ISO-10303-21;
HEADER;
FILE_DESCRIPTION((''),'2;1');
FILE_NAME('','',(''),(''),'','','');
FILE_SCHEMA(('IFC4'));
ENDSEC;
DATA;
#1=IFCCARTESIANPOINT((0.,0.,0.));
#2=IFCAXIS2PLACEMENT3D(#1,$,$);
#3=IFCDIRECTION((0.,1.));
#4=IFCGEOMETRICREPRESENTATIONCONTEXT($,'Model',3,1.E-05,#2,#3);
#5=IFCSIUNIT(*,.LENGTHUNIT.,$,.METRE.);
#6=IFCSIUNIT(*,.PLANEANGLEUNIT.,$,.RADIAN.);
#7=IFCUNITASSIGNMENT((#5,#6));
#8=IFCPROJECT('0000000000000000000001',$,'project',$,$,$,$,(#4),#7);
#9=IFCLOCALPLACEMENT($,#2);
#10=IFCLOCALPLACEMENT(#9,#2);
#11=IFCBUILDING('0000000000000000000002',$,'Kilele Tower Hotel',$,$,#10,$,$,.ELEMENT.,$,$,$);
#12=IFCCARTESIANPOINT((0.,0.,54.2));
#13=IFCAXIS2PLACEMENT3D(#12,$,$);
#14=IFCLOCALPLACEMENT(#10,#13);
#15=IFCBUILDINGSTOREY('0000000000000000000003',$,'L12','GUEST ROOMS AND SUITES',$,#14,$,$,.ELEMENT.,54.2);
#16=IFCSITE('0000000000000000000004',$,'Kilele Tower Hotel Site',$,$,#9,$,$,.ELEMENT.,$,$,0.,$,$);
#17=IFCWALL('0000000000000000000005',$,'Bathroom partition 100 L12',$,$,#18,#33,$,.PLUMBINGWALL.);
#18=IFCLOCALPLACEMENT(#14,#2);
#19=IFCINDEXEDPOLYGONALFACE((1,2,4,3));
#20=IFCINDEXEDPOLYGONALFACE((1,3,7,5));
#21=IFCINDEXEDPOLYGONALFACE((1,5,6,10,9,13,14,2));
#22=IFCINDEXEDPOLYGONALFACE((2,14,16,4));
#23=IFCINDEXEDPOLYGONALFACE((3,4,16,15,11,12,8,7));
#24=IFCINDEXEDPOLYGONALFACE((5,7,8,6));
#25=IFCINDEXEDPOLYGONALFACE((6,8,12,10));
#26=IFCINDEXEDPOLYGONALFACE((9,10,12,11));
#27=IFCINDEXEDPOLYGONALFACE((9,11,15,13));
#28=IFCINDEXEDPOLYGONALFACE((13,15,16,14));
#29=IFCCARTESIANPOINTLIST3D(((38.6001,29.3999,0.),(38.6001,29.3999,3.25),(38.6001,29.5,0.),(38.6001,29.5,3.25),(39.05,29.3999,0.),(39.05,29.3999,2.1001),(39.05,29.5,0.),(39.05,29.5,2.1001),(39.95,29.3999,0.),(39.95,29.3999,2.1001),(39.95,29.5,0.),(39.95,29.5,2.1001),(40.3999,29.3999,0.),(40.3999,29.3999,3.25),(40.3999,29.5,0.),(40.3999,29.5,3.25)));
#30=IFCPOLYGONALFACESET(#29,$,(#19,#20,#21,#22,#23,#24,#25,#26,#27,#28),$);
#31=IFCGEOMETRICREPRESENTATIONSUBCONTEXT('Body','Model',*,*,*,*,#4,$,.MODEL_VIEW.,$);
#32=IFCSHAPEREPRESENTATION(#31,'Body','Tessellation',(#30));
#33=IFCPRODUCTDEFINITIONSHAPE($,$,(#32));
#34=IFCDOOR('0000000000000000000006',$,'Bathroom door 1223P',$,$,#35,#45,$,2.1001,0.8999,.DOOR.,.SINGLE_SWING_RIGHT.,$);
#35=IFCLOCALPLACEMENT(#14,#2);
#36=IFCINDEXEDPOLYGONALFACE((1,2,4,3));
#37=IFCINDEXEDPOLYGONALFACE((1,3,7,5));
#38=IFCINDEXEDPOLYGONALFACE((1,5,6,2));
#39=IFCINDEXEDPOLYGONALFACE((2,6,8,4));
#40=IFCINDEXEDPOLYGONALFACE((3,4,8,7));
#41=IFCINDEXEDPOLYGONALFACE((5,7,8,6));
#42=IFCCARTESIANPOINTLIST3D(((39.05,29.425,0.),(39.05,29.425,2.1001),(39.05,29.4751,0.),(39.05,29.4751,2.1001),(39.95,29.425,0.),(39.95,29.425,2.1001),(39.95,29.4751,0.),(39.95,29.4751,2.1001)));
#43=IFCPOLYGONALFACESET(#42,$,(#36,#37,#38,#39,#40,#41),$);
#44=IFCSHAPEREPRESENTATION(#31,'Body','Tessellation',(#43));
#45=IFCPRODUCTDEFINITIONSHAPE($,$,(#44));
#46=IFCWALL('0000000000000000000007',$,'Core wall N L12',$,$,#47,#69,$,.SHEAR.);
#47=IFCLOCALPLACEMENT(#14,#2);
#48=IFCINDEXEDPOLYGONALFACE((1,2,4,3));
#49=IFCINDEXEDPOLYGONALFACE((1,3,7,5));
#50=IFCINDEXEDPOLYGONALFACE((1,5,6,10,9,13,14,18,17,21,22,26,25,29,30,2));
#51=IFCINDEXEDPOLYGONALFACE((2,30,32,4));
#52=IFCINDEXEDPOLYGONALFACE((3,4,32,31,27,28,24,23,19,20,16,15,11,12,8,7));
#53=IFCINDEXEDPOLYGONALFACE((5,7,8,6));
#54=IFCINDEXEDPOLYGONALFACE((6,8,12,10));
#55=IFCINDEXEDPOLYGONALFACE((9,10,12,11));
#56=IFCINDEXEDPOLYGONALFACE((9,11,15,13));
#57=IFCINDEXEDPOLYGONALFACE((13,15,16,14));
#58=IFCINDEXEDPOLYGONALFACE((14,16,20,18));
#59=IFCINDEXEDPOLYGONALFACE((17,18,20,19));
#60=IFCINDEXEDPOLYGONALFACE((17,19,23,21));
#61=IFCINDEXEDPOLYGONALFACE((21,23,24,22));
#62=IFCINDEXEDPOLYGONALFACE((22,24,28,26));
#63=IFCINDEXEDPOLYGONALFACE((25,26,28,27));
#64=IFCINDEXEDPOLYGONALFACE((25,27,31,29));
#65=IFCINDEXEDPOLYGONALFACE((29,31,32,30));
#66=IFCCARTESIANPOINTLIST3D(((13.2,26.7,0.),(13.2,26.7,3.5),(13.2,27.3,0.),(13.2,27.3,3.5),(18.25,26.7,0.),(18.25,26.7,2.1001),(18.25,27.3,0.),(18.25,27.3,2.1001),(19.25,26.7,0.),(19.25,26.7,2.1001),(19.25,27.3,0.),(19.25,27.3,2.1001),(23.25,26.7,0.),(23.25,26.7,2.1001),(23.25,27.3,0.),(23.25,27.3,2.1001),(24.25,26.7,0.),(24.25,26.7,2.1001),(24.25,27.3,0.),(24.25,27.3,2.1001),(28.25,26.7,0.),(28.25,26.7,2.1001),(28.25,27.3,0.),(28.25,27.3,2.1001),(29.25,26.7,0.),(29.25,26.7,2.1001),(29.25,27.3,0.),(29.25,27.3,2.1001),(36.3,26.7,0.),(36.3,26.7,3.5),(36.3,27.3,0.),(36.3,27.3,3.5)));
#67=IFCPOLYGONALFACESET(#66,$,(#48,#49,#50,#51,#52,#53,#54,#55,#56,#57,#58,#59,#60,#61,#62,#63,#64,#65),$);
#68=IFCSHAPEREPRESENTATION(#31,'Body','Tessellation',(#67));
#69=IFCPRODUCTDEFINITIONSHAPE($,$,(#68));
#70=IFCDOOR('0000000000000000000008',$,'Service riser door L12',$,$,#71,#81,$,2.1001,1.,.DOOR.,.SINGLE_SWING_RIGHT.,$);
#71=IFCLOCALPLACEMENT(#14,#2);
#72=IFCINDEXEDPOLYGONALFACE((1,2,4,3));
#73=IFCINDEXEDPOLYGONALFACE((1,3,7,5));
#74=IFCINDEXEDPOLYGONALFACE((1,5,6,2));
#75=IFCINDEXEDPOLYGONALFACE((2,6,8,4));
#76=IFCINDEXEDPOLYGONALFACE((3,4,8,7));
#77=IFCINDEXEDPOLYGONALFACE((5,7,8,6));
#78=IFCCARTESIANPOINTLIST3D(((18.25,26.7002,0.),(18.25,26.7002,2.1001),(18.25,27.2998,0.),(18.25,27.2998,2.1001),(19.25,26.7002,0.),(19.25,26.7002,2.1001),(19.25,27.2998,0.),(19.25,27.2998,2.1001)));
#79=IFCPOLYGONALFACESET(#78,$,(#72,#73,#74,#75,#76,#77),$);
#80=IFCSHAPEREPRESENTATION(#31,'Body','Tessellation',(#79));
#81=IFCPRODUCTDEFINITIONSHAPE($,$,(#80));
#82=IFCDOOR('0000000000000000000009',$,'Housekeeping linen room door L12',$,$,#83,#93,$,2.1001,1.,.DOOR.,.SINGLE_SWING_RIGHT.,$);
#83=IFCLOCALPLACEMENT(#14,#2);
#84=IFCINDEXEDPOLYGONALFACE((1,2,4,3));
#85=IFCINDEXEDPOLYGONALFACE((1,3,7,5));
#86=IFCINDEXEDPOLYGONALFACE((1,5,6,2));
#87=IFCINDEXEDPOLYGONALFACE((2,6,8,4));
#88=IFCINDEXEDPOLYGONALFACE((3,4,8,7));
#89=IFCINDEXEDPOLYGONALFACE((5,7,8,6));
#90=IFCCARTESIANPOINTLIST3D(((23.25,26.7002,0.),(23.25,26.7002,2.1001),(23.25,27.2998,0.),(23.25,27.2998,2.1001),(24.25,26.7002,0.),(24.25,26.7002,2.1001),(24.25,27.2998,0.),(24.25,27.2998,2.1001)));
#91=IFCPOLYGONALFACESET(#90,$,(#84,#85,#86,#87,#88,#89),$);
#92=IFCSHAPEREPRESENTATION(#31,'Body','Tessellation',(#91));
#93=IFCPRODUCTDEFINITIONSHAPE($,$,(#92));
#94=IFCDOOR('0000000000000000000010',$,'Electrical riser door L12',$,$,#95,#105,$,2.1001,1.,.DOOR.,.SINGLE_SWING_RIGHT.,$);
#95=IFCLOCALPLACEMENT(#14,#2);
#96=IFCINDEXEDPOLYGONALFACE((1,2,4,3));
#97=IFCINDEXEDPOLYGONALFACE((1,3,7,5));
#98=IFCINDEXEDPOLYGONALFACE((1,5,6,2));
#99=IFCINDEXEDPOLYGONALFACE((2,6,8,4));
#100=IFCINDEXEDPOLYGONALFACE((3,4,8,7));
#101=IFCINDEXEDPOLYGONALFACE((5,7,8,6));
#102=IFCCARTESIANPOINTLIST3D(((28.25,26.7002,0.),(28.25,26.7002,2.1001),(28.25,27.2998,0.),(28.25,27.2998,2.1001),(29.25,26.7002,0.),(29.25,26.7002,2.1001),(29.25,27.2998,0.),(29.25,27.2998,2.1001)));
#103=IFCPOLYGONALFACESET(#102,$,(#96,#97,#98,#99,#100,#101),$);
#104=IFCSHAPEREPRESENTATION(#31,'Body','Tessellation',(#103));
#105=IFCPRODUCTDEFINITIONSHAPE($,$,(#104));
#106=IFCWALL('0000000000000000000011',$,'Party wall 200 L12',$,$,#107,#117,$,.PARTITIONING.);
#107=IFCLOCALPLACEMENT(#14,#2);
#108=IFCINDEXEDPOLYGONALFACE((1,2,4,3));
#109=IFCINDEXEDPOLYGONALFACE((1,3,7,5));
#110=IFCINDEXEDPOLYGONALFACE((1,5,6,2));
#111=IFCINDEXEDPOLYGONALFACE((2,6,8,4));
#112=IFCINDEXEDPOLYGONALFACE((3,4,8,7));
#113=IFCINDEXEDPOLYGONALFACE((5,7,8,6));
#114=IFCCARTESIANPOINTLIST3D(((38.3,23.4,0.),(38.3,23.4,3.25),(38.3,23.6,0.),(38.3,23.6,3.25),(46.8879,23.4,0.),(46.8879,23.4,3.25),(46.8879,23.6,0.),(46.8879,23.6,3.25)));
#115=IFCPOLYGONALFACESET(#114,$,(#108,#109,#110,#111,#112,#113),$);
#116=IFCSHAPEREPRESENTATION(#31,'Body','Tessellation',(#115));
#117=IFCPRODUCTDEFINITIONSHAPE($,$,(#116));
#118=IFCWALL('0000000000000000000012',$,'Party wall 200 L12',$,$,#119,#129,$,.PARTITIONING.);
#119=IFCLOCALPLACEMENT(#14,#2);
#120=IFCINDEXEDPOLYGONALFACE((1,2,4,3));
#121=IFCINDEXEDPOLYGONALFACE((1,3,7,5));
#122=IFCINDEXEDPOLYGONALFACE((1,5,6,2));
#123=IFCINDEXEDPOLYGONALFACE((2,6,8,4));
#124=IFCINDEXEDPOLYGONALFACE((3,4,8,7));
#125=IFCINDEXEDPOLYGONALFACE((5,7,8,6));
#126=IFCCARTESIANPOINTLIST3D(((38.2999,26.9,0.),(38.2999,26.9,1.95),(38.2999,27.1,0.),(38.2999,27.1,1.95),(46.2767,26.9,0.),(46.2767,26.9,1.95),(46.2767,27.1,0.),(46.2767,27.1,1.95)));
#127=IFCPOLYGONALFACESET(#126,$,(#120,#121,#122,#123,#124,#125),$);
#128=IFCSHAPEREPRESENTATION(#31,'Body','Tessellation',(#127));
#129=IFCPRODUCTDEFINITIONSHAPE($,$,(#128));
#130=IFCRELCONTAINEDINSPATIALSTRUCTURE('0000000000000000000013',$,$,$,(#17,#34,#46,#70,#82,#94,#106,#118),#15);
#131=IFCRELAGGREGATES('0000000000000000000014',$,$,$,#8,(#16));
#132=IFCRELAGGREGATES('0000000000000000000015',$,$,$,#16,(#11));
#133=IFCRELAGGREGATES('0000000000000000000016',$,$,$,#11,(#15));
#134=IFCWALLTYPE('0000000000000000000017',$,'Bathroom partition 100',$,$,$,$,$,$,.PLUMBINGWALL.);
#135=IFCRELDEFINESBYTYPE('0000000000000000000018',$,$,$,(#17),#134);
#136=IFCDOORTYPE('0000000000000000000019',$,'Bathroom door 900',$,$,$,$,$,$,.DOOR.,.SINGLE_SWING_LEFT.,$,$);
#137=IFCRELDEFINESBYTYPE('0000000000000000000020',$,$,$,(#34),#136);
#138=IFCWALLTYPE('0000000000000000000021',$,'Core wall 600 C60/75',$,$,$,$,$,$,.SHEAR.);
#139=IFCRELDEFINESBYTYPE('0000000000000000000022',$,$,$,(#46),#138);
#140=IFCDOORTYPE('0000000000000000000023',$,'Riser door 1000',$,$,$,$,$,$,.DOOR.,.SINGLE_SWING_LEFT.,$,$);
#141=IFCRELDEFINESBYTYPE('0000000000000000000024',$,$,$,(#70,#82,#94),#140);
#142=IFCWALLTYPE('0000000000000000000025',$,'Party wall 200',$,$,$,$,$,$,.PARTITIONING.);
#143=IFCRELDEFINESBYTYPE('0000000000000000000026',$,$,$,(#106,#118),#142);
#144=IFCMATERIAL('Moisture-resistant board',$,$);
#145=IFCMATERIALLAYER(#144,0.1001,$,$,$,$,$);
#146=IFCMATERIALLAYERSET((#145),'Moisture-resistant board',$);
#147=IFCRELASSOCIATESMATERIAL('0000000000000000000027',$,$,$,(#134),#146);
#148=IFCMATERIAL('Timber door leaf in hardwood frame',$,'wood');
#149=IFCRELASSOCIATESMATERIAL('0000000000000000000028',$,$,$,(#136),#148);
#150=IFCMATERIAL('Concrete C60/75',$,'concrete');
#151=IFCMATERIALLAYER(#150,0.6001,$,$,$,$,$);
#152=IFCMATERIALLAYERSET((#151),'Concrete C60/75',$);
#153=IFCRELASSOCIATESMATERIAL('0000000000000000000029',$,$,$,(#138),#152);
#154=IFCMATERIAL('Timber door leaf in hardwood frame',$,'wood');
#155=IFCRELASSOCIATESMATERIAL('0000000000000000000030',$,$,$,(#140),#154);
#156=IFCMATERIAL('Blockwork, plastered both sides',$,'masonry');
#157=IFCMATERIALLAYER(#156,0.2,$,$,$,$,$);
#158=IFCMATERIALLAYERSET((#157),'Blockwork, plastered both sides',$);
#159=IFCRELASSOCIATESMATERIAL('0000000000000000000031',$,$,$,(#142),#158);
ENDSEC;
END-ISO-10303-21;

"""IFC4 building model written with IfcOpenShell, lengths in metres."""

from ifc_helpers import new_model, si_unit, direction, frame, frame_2d, origin, place, context, subcontext, project, spatial, rectangle, extrude, material, layer, layer_set, type_object, element, fill, save


model = new_model("IFC4")

# Units and contexts
model_context = context("Model", 3, precision=1e-05, world=origin(), true_north=direction((0.0, 1.0)))
body_context = subcontext(model_context, "Body", "Model", "MODEL_VIEW")
ifc_project = project(units=[si_unit("LENGTHUNIT", "METRE"), si_unit("PLANEANGLEUNIT", "RADIAN")], contexts=[model_context])

# Site, building, storey
site_placement = place(None, origin())
site = spatial("IfcSite", under=ifc_project, at=site_placement, Name="Kilele Tower Hotel Site", CompositionType="ELEMENT", RefElevation=0.0)
building_placement = place(site_placement, origin())
building = spatial("IfcBuilding", under=site, at=building_placement, Name="Kilele Tower Hotel", CompositionType="ELEMENT")
storey_placement = place(building_placement, frame((0.0, 0.0, 54.2)))
storey = spatial("IfcBuildingStorey", under=building, at=storey_placement, Name="L12", Description="GUEST ROOMS AND SUITES", CompositionType="ELEMENT", Elevation=54.2)

# Shared definitions
ifc_material_1 = material(Name="Moisture-resistant board")
ifc_layer_1 = layer(ifc_material_1, 0.1001)
ifc_layer_set_1 = layer_set([ifc_layer_1], Name="Moisture-resistant board")
wall_type_1 = type_object("IfcWallType", Name="Bathroom partition 100", PredefinedType="PLUMBINGWALL", material=ifc_layer_set_1)

# Shared definitions
ifc_material_2 = material(Name="Timber door leaf in hardwood frame", Category="wood")
door_type_1 = type_object("IfcDoorType", Name="Bathroom door 900", OperationType="SINGLE_SWING_LEFT", PredefinedType="DOOR", material=ifc_material_2)

# Wall, opening, door
wall_1_placement = place(storey_placement, frame((38.6001, 29.45, 0.0), z_axis=(0.0, 0.0, 1.0), x_axis=(1.0, 0.0, 0.0)))
wall_1 = element("IfcWall", 1, at=wall_1_placement, inside=storey, type_object=wall_type_1, Name="Bathroom partition 100 L12", PredefinedType="PLUMBINGWALL", context=body_context, shape_type="SweptSolid", body=[
    extrude(rectangle(XDim=1.7998, YDim=0.1001, at=frame_2d((0.8999, 0.0))), origin(), (0.0, 0.0, 1.0), 3.25),
])
opening_1_placement = place(wall_1_placement, frame((1.3499, 0.0, 0.0), z_axis=(0.0, 0.0, 1.0), x_axis=(-1.0, 0.0, 0.0)))
opening_1 = element("IfcOpeningElement", 2, at=opening_1_placement, cuts=wall_1, PredefinedType="OPENING", context=body_context, shape_type="SweptSolid", body=[
    extrude(rectangle(XDim=0.8999, YDim=2.1001, at=frame_2d((0.45, 1.05))), frame((0.0, 0.0601, 0.0), z_axis=(0.0, -1.0, 0.0), x_axis=(1.0, 0.0, 0.0)), (0.0, 0.0, 1.0), 0.1201),
])
door_1_placement = place(opening_1_placement, origin())
door_1 = element("IfcDoor", 3, at=door_1_placement, inside=storey, type_object=door_type_1, Name="Bathroom door 1223P", OperationType="SINGLE_SWING_RIGHT", OverallHeight=2.1001, OverallWidth=0.8999, PredefinedType="DOOR", context=body_context, shape_type="SweptSolid", body=[
    extrude(rectangle(XDim=0.8999, YDim=2.1001, at=frame_2d((0.45, 1.05))), frame((0.0, 0.0249, 0.0), z_axis=(0.0, -1.0, 0.0), x_axis=(1.0, 0.0, 0.0)), (0.0, 0.0, 1.0), 0.05),
])
fill(opening_1, door_1)

# Wall, openings, doors
ifc_material_3 = material(Name="Concrete C60/75", Category="concrete")
ifc_layer_2 = layer(ifc_material_3, 0.6001)
ifc_layer_set_2 = layer_set([ifc_layer_2], Name="Concrete C60/75")
wall_type_2 = type_object("IfcWallType", Name="Core wall 600 C60/75", PredefinedType="SHEAR", material=ifc_layer_set_2)
wall_2_placement = place(storey_placement, frame((36.3, 27.0, 0.0), z_axis=(0.0, 0.0, 1.0), x_axis=(-1.0, 0.0, 0.0)))
wall_2 = element("IfcWall", 4, at=wall_2_placement, inside=storey, type_object=wall_type_2, Name="Core wall N L12", PredefinedType="SHEAR", context=body_context, shape_type="SweptSolid", body=[
    extrude(rectangle(XDim=23.1001, YDim=0.6001, at=frame_2d((11.55, 0.0))), origin(), (0.0, 0.0, 1.0), 3.5),
])
opening_2_placement = place(wall_2_placement, frame((17.05, 0.0, 0.0)))
opening_2 = element("IfcOpeningElement", 5, at=opening_2_placement, cuts=wall_2, PredefinedType="OPENING", context=body_context, shape_type="SweptSolid", body=[
    extrude(rectangle(XDim=1.0, YDim=2.1001, at=frame_2d((0.5, 1.05))), frame((0.0, 0.3101, 0.0), z_axis=(0.0, -1.0, 0.0), x_axis=(1.0, 0.0, 0.0)), (0.0, 0.0, 1.0), 0.6201),
])
opening_3_placement = place(wall_2_placement, frame((12.05, 0.0, 0.0)))
opening_3 = element("IfcOpeningElement", 6, at=opening_3_placement, cuts=wall_2, PredefinedType="OPENING", context=body_context, shape_type="SweptSolid", body=[
    extrude(rectangle(XDim=1.0, YDim=2.1001, at=frame_2d((0.5, 1.05))), frame((0.0, 0.3101, 0.0), z_axis=(0.0, -1.0, 0.0), x_axis=(1.0, 0.0, 0.0)), (0.0, 0.0, 1.0), 0.6201),
])
opening_4_placement = place(wall_2_placement, frame((7.05, 0.0, 0.0)))
opening_4 = element("IfcOpeningElement", 7, at=opening_4_placement, cuts=wall_2, PredefinedType="OPENING", context=body_context, shape_type="SweptSolid", body=[
    extrude(rectangle(XDim=1.0, YDim=2.1001, at=frame_2d((0.5, 1.05))), frame((0.0, 0.3101, 0.0), z_axis=(0.0, -1.0, 0.0), x_axis=(1.0, 0.0, 0.0)), (0.0, 0.0, 1.0), 0.6201),
])
ifc_material_4 = material(Name="Timber door leaf in hardwood frame", Category="wood")
door_type_2 = type_object("IfcDoorType", Name="Riser door 1000", OperationType="SINGLE_SWING_LEFT", PredefinedType="DOOR", material=ifc_material_4)
door_2_placement = place(opening_2_placement, origin())
door_2 = element("IfcDoor", 8, at=door_2_placement, inside=storey, type_object=door_type_2, Name="Service riser door L12", OperationType="SINGLE_SWING_RIGHT", OverallHeight=2.1001, OverallWidth=1.0, PredefinedType="DOOR", context=body_context, shape_type="SweptSolid", body=[
    extrude(rectangle(XDim=1.0, YDim=2.1001, at=frame_2d((0.5, 1.05))), frame((0.0, 0.2998, 0.0), z_axis=(0.0, -1.0, 0.0), x_axis=(1.0, 0.0, 0.0)), (0.0, 0.0, 1.0), 0.5996),
])
fill(opening_2, door_2)
door_3_placement = place(opening_3_placement, origin())
door_3 = element("IfcDoor", 9, at=door_3_placement, inside=storey, type_object=door_type_2, Name="Housekeeping linen room door L12", OperationType="SINGLE_SWING_RIGHT", OverallHeight=2.1001, OverallWidth=1.0, PredefinedType="DOOR", context=body_context, shape_type="SweptSolid", body=[
    extrude(rectangle(XDim=1.0, YDim=2.1001, at=frame_2d((0.5, 1.05))), frame((0.0, 0.2998, 0.0), z_axis=(0.0, -1.0, 0.0), x_axis=(1.0, 0.0, 0.0)), (0.0, 0.0, 1.0), 0.5996),
])
fill(opening_3, door_3)
door_4_placement = place(opening_4_placement, origin())
door_4 = element("IfcDoor", 10, at=door_4_placement, inside=storey, type_object=door_type_2, Name="Electrical riser door L12", OperationType="SINGLE_SWING_RIGHT", OverallHeight=2.1001, OverallWidth=1.0, PredefinedType="DOOR", context=body_context, shape_type="SweptSolid", body=[
    extrude(rectangle(XDim=1.0, YDim=2.1001, at=frame_2d((0.5, 1.05))), frame((0.0, 0.2998, 0.0), z_axis=(0.0, -1.0, 0.0), x_axis=(1.0, 0.0, 0.0)), (0.0, 0.0, 1.0), 0.5996),
])
fill(opening_4, door_4)

# Walls
ifc_material_5 = material(Name="Blockwork, plastered both sides", Category="masonry")
ifc_layer_3 = layer(ifc_material_5, 0.2)
ifc_layer_set_3 = layer_set([ifc_layer_3], Name="Blockwork, plastered both sides")
wall_type_3 = type_object("IfcWallType", Name="Party wall 200", PredefinedType="PARTITIONING", material=ifc_layer_set_3)
wall_3_placement = place(storey_placement, frame((38.3, 23.5, 0.0), z_axis=(0.0, 0.0, 1.0), x_axis=(1.0, 0.0, 0.0)))
element("IfcWall", 11, at=wall_3_placement, inside=storey, type_object=wall_type_3, Name="Party wall 200 L12", PredefinedType="PARTITIONING", context=body_context, shape_type="SweptSolid", body=[
    extrude(rectangle(XDim=8.5879, YDim=0.2, at=frame_2d((4.2939, 0.0))), origin(), (0.0, 0.0, 1.0), 3.25),
])
wall_4_placement = place(storey_placement, frame((38.3, 27.0, 0.0), z_axis=(0.0, 0.0, 1.0), x_axis=(1.0, 0.0, 0.0)))
element("IfcWall", 12, at=wall_4_placement, inside=storey, type_object=wall_type_3, Name="Party wall 200 L12", PredefinedType="PARTITIONING", context=body_context, shape_type="SweptSolid", body=[
    extrude(rectangle(XDim=7.9768, YDim=0.2, at=frame_2d((3.9883, 0.0))), origin(), (0.0, 0.0, 1.0), 1.95),
])

save(model, "model.ifc")
